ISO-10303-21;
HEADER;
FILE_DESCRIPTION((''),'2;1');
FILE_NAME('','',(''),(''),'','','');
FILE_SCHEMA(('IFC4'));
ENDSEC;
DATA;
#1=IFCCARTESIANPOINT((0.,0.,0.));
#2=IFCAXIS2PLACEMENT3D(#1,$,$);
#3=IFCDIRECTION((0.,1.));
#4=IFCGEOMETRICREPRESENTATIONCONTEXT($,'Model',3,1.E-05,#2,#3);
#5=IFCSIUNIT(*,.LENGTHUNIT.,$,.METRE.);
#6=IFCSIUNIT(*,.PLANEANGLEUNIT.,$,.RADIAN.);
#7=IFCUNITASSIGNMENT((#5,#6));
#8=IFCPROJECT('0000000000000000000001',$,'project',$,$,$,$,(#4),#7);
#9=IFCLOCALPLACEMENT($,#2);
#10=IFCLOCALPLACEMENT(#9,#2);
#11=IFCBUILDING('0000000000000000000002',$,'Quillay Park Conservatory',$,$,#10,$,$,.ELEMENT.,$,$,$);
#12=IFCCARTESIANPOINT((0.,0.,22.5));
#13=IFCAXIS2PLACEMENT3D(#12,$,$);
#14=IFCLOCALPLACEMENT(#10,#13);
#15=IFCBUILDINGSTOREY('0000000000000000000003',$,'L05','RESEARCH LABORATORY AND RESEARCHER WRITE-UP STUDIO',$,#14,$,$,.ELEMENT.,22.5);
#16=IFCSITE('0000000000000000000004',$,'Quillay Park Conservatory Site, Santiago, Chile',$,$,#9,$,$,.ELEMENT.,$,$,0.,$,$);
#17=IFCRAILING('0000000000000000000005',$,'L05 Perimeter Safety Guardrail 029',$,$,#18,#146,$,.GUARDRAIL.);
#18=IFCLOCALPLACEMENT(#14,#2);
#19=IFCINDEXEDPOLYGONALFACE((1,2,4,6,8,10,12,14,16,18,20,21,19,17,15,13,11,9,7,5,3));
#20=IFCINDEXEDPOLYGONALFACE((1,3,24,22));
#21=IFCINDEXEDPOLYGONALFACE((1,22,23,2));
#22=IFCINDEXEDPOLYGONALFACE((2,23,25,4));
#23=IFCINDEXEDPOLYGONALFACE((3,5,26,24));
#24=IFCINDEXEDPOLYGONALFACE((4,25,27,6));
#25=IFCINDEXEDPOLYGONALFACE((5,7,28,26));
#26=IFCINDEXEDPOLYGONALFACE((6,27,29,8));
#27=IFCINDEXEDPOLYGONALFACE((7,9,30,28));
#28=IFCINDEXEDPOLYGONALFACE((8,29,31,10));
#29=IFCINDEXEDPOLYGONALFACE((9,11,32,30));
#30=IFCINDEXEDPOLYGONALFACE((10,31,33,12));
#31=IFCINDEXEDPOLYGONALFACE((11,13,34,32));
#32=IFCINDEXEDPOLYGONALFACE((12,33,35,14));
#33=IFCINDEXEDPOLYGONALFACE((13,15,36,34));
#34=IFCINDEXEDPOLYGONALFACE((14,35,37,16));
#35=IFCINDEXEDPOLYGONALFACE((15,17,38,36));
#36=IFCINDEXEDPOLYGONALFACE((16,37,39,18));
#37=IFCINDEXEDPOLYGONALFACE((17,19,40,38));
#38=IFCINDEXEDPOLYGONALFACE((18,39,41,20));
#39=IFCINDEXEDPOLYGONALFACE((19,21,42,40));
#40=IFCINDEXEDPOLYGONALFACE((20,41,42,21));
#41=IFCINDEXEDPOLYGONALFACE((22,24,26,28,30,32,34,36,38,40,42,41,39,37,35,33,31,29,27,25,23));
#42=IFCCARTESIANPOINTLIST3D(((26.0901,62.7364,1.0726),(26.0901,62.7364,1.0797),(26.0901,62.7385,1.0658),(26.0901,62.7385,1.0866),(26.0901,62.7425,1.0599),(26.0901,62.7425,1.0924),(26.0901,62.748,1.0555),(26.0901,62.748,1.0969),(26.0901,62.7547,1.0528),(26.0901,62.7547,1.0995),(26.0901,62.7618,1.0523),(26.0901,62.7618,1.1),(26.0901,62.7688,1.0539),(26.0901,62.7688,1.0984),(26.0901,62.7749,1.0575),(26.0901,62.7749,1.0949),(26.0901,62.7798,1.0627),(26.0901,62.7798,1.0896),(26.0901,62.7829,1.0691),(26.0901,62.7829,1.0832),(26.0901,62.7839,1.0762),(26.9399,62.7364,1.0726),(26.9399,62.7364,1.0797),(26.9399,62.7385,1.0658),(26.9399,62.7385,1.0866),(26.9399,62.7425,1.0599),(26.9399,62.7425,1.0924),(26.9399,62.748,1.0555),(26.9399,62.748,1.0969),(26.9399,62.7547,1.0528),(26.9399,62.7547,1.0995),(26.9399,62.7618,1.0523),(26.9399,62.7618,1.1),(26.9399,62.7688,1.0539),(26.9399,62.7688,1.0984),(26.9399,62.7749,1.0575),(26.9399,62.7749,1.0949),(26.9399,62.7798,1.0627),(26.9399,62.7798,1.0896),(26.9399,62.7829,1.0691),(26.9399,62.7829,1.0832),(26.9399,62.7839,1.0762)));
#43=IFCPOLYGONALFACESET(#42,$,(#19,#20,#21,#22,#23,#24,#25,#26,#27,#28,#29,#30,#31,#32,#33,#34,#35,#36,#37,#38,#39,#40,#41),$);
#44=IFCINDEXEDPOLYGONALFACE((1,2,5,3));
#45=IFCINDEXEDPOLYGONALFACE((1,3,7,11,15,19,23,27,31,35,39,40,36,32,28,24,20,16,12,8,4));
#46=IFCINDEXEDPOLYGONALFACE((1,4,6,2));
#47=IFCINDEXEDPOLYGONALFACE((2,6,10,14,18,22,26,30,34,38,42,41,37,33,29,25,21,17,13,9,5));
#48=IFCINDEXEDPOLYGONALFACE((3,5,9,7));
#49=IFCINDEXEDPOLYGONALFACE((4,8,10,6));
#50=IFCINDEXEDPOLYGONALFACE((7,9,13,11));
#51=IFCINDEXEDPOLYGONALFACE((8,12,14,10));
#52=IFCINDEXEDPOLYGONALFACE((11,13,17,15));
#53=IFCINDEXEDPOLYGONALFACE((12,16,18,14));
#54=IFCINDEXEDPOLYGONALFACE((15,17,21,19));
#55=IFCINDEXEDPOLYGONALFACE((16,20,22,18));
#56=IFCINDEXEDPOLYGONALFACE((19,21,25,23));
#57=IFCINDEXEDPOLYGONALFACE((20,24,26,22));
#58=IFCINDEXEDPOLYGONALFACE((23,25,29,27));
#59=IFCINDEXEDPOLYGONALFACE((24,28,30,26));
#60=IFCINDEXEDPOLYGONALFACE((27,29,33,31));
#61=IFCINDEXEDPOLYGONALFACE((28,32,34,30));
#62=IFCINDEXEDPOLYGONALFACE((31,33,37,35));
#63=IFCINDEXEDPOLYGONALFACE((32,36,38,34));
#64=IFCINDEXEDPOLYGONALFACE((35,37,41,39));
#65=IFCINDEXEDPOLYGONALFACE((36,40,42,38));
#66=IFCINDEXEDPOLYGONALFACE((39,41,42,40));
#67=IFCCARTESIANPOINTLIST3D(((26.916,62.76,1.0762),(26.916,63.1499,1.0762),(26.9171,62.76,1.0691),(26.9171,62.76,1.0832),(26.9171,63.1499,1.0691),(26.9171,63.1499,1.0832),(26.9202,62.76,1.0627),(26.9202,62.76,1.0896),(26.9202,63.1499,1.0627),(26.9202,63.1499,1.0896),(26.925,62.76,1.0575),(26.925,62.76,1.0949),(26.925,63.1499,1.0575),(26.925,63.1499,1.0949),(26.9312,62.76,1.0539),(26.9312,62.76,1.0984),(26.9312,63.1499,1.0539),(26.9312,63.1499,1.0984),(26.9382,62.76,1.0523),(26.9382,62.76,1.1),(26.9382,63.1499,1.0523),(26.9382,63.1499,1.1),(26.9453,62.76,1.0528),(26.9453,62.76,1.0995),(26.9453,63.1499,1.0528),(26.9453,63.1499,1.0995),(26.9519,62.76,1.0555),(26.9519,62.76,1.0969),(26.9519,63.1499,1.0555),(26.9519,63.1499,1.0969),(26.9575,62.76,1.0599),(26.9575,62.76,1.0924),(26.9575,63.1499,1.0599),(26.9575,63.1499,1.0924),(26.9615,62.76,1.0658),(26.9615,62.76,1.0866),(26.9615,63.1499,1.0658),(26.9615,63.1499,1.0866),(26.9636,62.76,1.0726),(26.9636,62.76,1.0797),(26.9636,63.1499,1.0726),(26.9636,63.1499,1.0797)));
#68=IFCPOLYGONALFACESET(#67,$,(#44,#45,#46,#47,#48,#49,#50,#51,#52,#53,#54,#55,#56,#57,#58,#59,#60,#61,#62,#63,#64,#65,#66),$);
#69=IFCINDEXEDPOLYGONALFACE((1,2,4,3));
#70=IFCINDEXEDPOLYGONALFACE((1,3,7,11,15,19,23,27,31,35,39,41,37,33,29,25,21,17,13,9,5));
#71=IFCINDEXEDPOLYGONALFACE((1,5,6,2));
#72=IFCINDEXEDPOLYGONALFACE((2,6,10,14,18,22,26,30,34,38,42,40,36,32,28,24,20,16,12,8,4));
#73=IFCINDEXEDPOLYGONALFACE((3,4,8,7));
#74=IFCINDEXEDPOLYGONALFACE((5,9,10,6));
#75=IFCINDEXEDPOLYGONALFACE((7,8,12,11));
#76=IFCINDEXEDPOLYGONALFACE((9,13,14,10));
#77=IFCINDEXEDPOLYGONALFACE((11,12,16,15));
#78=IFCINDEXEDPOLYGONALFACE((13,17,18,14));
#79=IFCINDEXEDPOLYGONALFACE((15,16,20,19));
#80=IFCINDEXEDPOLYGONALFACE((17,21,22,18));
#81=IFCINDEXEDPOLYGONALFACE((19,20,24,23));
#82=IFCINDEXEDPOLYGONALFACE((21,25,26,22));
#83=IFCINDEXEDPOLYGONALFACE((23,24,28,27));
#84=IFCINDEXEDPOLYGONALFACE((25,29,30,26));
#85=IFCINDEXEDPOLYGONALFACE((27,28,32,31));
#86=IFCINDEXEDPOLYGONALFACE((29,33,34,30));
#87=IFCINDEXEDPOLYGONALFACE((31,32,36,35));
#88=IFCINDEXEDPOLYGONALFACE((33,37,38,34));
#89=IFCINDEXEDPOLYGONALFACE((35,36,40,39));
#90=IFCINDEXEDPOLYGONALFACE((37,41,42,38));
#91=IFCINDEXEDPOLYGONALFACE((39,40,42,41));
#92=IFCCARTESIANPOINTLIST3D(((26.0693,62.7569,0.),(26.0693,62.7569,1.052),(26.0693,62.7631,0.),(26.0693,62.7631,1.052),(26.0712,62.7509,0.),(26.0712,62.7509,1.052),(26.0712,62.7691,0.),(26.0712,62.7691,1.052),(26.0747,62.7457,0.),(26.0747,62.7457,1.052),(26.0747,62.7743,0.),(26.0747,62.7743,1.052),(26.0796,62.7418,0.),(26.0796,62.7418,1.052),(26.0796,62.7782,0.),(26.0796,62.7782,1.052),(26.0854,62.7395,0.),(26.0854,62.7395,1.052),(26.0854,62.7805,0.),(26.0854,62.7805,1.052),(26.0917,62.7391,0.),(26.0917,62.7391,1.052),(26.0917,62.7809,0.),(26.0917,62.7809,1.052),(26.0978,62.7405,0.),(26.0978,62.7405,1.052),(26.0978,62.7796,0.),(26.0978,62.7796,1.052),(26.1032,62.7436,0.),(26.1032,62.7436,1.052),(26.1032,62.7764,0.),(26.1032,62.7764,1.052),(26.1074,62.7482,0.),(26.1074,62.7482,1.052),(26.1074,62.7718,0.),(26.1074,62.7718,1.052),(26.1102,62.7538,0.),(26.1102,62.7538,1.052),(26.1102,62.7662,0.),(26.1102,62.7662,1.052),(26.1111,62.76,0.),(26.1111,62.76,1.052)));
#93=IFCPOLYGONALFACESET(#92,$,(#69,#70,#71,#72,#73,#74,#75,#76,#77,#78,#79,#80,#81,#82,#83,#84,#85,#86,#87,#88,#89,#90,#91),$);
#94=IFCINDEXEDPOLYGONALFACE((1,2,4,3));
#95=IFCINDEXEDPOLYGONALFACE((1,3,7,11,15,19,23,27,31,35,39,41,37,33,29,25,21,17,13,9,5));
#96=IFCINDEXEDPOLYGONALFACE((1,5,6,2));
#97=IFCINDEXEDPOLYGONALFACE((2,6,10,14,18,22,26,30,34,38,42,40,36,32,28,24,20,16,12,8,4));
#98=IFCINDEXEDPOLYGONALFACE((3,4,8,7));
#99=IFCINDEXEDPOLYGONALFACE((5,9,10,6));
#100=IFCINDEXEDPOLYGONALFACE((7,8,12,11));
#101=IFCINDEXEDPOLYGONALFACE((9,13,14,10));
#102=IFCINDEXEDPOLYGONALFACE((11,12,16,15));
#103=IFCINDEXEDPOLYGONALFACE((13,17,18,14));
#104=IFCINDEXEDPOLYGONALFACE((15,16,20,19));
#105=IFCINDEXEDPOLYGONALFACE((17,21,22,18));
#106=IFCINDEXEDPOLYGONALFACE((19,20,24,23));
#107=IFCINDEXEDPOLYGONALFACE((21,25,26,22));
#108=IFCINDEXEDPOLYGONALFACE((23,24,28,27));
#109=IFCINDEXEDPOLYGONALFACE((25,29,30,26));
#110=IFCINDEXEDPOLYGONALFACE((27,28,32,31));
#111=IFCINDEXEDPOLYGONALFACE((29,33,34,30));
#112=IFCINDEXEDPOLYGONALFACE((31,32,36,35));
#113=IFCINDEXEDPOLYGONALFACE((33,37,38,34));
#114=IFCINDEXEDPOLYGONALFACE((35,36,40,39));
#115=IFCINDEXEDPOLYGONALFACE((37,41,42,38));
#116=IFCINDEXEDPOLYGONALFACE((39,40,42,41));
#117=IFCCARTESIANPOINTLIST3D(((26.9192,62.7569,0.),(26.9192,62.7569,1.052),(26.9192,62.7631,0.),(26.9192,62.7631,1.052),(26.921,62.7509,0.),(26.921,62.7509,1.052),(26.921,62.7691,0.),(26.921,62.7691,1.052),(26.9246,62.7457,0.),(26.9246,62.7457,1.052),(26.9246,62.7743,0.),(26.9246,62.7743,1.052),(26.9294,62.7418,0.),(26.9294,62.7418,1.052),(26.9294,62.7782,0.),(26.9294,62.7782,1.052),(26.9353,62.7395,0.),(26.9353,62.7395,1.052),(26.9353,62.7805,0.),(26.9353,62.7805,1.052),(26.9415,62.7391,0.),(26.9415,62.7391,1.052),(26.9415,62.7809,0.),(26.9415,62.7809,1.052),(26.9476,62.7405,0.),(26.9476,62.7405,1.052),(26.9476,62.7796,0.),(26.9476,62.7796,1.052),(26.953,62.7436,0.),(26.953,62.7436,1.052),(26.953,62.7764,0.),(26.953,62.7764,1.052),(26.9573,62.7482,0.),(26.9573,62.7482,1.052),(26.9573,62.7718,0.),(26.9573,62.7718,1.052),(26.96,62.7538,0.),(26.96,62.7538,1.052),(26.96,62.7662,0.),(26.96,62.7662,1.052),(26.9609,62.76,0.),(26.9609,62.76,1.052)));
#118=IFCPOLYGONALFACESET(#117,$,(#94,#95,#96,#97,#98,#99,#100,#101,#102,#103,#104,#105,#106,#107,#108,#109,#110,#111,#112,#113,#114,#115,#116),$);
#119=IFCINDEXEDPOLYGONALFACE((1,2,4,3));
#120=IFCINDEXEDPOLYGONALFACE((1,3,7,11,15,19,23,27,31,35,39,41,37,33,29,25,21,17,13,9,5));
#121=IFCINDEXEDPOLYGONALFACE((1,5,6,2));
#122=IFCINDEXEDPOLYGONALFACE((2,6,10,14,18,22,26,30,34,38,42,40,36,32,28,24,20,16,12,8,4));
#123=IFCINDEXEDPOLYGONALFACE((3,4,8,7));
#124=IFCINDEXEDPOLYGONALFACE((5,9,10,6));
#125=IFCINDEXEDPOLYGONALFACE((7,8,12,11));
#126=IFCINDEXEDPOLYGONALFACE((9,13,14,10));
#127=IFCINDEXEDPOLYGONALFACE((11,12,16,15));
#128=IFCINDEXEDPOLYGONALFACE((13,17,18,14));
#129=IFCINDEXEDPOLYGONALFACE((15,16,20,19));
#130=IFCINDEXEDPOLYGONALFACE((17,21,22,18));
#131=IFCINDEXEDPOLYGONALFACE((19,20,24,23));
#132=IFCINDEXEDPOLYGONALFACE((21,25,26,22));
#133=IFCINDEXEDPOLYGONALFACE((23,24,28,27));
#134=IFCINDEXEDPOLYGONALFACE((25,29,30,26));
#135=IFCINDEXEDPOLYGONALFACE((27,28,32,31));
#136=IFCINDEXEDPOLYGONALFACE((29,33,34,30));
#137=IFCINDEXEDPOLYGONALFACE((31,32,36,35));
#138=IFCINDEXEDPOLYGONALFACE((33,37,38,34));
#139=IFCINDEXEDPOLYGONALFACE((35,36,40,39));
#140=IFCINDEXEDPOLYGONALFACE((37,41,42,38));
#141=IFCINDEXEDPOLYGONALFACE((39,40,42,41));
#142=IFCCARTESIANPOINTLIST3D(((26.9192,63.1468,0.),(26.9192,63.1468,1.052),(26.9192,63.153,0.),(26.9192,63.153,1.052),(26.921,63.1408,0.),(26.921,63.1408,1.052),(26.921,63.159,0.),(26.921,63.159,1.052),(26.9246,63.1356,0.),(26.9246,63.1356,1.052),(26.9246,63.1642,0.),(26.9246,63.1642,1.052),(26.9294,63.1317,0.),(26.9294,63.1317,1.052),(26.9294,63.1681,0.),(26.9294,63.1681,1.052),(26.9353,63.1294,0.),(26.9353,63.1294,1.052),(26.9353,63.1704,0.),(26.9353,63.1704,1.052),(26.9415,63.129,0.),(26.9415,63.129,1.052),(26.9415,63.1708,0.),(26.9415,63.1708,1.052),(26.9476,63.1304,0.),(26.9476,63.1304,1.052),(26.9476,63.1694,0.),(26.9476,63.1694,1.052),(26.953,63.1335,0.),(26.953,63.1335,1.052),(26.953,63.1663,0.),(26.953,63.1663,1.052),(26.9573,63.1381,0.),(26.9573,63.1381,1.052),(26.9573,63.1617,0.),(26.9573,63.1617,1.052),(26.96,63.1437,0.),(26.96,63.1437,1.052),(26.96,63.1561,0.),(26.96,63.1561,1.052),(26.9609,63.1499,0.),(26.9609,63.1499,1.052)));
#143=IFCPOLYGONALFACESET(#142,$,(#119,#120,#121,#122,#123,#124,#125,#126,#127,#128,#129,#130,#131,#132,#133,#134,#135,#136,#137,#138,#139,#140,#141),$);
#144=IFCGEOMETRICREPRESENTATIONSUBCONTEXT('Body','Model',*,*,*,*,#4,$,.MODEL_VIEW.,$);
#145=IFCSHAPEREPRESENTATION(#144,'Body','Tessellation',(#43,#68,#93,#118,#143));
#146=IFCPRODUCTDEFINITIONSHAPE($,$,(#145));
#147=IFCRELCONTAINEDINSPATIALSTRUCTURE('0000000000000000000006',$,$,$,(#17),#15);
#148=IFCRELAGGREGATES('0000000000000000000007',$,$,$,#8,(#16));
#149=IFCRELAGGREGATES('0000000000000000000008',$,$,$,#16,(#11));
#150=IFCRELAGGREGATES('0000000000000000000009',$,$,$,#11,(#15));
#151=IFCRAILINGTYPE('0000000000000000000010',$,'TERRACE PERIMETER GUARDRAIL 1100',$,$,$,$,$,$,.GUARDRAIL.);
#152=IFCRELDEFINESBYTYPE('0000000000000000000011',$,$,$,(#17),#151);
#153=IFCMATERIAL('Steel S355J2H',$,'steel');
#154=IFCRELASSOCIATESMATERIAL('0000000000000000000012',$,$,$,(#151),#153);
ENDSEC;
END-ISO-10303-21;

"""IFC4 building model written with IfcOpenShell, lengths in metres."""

from ifc_helpers import new_model, si_unit, direction, frame, origin, origin_2d, place, context, subcontext, project, spatial, circle, extrude, material, type_object, element, save


model = new_model("IFC4")

# Units and contexts
model_context = context("Model", 3, precision=1e-05, world=origin(), true_north=direction((0.0, 1.0)))
body_context = subcontext(model_context, "Body", "Model", "MODEL_VIEW")
ifc_project = project(units=[si_unit("LENGTHUNIT", "METRE"), si_unit("PLANEANGLEUNIT", "RADIAN")], contexts=[model_context])

# Site, building, storey
site_placement = place(None, origin())
site = spatial("IfcSite", under=ifc_project, at=site_placement, Name="Quillay Park Conservatory Site, Santiago, Chile", CompositionType="ELEMENT", RefElevation=0.0)
building_placement = place(site_placement, origin())
building = spatial("IfcBuilding", under=site, at=building_placement, Name="Quillay Park Conservatory", CompositionType="ELEMENT")
storey_placement = place(building_placement, frame((0.0, 0.0, 22.5)))
storey = spatial("IfcBuildingStorey", under=building, at=storey_placement, Name="L05", Description="RESEARCH LABORATORY AND RESEARCHER WRITE-UP STUDIO", CompositionType="ELEMENT", Elevation=22.5)

# Railing
ifc_material_1 = material(Name="Steel S355J2H", Category="steel")
railing_type = type_object("IfcRailingType", Name="TERRACE PERIMETER GUARDRAIL 1100", PredefinedType="GUARDRAIL", material=ifc_material_1)
railing_placement = place(storey_placement, frame((26.0901, 62.76, 0.0)))
element("IfcRailing", 1, at=railing_placement, inside=storey, type_object=railing_type, Name="L05 Perimeter Safety Guardrail 029", PredefinedType="GUARDRAIL", context=body_context, shape_type="SweptSolid", body=[
    extrude(circle(Radius=0.0239, at=origin_2d()), frame((0.0, 0.0, 1.0762), z_axis=(1.0, 0.0, 0.0), x_axis=(0.0, 1.0, 0.0)), (0.0, 0.0, 1.0), 0.8499),
    extrude(circle(Radius=0.0239, at=origin_2d()), frame((0.8499, 0.0, 1.0762), z_axis=(0.0, 1.0, 0.0), x_axis=(-1.0, 0.0, 0.0)), (0.0, 0.0, 1.0), 0.3899),
    extrude(circle(Radius=0.021, at=origin_2d()), origin(), (0.0, 0.0, 1.0), 1.052),
    extrude(circle(Radius=0.021, at=origin_2d()), frame((0.8499, 0.0, 0.0)), (0.0, 0.0, 1.0), 1.052),
    extrude(circle(Radius=0.021, at=origin_2d()), frame((0.8499, 0.3899, 0.0)), (0.0, 0.0, 1.0), 1.052),
])

save(model, "model.ifc")
